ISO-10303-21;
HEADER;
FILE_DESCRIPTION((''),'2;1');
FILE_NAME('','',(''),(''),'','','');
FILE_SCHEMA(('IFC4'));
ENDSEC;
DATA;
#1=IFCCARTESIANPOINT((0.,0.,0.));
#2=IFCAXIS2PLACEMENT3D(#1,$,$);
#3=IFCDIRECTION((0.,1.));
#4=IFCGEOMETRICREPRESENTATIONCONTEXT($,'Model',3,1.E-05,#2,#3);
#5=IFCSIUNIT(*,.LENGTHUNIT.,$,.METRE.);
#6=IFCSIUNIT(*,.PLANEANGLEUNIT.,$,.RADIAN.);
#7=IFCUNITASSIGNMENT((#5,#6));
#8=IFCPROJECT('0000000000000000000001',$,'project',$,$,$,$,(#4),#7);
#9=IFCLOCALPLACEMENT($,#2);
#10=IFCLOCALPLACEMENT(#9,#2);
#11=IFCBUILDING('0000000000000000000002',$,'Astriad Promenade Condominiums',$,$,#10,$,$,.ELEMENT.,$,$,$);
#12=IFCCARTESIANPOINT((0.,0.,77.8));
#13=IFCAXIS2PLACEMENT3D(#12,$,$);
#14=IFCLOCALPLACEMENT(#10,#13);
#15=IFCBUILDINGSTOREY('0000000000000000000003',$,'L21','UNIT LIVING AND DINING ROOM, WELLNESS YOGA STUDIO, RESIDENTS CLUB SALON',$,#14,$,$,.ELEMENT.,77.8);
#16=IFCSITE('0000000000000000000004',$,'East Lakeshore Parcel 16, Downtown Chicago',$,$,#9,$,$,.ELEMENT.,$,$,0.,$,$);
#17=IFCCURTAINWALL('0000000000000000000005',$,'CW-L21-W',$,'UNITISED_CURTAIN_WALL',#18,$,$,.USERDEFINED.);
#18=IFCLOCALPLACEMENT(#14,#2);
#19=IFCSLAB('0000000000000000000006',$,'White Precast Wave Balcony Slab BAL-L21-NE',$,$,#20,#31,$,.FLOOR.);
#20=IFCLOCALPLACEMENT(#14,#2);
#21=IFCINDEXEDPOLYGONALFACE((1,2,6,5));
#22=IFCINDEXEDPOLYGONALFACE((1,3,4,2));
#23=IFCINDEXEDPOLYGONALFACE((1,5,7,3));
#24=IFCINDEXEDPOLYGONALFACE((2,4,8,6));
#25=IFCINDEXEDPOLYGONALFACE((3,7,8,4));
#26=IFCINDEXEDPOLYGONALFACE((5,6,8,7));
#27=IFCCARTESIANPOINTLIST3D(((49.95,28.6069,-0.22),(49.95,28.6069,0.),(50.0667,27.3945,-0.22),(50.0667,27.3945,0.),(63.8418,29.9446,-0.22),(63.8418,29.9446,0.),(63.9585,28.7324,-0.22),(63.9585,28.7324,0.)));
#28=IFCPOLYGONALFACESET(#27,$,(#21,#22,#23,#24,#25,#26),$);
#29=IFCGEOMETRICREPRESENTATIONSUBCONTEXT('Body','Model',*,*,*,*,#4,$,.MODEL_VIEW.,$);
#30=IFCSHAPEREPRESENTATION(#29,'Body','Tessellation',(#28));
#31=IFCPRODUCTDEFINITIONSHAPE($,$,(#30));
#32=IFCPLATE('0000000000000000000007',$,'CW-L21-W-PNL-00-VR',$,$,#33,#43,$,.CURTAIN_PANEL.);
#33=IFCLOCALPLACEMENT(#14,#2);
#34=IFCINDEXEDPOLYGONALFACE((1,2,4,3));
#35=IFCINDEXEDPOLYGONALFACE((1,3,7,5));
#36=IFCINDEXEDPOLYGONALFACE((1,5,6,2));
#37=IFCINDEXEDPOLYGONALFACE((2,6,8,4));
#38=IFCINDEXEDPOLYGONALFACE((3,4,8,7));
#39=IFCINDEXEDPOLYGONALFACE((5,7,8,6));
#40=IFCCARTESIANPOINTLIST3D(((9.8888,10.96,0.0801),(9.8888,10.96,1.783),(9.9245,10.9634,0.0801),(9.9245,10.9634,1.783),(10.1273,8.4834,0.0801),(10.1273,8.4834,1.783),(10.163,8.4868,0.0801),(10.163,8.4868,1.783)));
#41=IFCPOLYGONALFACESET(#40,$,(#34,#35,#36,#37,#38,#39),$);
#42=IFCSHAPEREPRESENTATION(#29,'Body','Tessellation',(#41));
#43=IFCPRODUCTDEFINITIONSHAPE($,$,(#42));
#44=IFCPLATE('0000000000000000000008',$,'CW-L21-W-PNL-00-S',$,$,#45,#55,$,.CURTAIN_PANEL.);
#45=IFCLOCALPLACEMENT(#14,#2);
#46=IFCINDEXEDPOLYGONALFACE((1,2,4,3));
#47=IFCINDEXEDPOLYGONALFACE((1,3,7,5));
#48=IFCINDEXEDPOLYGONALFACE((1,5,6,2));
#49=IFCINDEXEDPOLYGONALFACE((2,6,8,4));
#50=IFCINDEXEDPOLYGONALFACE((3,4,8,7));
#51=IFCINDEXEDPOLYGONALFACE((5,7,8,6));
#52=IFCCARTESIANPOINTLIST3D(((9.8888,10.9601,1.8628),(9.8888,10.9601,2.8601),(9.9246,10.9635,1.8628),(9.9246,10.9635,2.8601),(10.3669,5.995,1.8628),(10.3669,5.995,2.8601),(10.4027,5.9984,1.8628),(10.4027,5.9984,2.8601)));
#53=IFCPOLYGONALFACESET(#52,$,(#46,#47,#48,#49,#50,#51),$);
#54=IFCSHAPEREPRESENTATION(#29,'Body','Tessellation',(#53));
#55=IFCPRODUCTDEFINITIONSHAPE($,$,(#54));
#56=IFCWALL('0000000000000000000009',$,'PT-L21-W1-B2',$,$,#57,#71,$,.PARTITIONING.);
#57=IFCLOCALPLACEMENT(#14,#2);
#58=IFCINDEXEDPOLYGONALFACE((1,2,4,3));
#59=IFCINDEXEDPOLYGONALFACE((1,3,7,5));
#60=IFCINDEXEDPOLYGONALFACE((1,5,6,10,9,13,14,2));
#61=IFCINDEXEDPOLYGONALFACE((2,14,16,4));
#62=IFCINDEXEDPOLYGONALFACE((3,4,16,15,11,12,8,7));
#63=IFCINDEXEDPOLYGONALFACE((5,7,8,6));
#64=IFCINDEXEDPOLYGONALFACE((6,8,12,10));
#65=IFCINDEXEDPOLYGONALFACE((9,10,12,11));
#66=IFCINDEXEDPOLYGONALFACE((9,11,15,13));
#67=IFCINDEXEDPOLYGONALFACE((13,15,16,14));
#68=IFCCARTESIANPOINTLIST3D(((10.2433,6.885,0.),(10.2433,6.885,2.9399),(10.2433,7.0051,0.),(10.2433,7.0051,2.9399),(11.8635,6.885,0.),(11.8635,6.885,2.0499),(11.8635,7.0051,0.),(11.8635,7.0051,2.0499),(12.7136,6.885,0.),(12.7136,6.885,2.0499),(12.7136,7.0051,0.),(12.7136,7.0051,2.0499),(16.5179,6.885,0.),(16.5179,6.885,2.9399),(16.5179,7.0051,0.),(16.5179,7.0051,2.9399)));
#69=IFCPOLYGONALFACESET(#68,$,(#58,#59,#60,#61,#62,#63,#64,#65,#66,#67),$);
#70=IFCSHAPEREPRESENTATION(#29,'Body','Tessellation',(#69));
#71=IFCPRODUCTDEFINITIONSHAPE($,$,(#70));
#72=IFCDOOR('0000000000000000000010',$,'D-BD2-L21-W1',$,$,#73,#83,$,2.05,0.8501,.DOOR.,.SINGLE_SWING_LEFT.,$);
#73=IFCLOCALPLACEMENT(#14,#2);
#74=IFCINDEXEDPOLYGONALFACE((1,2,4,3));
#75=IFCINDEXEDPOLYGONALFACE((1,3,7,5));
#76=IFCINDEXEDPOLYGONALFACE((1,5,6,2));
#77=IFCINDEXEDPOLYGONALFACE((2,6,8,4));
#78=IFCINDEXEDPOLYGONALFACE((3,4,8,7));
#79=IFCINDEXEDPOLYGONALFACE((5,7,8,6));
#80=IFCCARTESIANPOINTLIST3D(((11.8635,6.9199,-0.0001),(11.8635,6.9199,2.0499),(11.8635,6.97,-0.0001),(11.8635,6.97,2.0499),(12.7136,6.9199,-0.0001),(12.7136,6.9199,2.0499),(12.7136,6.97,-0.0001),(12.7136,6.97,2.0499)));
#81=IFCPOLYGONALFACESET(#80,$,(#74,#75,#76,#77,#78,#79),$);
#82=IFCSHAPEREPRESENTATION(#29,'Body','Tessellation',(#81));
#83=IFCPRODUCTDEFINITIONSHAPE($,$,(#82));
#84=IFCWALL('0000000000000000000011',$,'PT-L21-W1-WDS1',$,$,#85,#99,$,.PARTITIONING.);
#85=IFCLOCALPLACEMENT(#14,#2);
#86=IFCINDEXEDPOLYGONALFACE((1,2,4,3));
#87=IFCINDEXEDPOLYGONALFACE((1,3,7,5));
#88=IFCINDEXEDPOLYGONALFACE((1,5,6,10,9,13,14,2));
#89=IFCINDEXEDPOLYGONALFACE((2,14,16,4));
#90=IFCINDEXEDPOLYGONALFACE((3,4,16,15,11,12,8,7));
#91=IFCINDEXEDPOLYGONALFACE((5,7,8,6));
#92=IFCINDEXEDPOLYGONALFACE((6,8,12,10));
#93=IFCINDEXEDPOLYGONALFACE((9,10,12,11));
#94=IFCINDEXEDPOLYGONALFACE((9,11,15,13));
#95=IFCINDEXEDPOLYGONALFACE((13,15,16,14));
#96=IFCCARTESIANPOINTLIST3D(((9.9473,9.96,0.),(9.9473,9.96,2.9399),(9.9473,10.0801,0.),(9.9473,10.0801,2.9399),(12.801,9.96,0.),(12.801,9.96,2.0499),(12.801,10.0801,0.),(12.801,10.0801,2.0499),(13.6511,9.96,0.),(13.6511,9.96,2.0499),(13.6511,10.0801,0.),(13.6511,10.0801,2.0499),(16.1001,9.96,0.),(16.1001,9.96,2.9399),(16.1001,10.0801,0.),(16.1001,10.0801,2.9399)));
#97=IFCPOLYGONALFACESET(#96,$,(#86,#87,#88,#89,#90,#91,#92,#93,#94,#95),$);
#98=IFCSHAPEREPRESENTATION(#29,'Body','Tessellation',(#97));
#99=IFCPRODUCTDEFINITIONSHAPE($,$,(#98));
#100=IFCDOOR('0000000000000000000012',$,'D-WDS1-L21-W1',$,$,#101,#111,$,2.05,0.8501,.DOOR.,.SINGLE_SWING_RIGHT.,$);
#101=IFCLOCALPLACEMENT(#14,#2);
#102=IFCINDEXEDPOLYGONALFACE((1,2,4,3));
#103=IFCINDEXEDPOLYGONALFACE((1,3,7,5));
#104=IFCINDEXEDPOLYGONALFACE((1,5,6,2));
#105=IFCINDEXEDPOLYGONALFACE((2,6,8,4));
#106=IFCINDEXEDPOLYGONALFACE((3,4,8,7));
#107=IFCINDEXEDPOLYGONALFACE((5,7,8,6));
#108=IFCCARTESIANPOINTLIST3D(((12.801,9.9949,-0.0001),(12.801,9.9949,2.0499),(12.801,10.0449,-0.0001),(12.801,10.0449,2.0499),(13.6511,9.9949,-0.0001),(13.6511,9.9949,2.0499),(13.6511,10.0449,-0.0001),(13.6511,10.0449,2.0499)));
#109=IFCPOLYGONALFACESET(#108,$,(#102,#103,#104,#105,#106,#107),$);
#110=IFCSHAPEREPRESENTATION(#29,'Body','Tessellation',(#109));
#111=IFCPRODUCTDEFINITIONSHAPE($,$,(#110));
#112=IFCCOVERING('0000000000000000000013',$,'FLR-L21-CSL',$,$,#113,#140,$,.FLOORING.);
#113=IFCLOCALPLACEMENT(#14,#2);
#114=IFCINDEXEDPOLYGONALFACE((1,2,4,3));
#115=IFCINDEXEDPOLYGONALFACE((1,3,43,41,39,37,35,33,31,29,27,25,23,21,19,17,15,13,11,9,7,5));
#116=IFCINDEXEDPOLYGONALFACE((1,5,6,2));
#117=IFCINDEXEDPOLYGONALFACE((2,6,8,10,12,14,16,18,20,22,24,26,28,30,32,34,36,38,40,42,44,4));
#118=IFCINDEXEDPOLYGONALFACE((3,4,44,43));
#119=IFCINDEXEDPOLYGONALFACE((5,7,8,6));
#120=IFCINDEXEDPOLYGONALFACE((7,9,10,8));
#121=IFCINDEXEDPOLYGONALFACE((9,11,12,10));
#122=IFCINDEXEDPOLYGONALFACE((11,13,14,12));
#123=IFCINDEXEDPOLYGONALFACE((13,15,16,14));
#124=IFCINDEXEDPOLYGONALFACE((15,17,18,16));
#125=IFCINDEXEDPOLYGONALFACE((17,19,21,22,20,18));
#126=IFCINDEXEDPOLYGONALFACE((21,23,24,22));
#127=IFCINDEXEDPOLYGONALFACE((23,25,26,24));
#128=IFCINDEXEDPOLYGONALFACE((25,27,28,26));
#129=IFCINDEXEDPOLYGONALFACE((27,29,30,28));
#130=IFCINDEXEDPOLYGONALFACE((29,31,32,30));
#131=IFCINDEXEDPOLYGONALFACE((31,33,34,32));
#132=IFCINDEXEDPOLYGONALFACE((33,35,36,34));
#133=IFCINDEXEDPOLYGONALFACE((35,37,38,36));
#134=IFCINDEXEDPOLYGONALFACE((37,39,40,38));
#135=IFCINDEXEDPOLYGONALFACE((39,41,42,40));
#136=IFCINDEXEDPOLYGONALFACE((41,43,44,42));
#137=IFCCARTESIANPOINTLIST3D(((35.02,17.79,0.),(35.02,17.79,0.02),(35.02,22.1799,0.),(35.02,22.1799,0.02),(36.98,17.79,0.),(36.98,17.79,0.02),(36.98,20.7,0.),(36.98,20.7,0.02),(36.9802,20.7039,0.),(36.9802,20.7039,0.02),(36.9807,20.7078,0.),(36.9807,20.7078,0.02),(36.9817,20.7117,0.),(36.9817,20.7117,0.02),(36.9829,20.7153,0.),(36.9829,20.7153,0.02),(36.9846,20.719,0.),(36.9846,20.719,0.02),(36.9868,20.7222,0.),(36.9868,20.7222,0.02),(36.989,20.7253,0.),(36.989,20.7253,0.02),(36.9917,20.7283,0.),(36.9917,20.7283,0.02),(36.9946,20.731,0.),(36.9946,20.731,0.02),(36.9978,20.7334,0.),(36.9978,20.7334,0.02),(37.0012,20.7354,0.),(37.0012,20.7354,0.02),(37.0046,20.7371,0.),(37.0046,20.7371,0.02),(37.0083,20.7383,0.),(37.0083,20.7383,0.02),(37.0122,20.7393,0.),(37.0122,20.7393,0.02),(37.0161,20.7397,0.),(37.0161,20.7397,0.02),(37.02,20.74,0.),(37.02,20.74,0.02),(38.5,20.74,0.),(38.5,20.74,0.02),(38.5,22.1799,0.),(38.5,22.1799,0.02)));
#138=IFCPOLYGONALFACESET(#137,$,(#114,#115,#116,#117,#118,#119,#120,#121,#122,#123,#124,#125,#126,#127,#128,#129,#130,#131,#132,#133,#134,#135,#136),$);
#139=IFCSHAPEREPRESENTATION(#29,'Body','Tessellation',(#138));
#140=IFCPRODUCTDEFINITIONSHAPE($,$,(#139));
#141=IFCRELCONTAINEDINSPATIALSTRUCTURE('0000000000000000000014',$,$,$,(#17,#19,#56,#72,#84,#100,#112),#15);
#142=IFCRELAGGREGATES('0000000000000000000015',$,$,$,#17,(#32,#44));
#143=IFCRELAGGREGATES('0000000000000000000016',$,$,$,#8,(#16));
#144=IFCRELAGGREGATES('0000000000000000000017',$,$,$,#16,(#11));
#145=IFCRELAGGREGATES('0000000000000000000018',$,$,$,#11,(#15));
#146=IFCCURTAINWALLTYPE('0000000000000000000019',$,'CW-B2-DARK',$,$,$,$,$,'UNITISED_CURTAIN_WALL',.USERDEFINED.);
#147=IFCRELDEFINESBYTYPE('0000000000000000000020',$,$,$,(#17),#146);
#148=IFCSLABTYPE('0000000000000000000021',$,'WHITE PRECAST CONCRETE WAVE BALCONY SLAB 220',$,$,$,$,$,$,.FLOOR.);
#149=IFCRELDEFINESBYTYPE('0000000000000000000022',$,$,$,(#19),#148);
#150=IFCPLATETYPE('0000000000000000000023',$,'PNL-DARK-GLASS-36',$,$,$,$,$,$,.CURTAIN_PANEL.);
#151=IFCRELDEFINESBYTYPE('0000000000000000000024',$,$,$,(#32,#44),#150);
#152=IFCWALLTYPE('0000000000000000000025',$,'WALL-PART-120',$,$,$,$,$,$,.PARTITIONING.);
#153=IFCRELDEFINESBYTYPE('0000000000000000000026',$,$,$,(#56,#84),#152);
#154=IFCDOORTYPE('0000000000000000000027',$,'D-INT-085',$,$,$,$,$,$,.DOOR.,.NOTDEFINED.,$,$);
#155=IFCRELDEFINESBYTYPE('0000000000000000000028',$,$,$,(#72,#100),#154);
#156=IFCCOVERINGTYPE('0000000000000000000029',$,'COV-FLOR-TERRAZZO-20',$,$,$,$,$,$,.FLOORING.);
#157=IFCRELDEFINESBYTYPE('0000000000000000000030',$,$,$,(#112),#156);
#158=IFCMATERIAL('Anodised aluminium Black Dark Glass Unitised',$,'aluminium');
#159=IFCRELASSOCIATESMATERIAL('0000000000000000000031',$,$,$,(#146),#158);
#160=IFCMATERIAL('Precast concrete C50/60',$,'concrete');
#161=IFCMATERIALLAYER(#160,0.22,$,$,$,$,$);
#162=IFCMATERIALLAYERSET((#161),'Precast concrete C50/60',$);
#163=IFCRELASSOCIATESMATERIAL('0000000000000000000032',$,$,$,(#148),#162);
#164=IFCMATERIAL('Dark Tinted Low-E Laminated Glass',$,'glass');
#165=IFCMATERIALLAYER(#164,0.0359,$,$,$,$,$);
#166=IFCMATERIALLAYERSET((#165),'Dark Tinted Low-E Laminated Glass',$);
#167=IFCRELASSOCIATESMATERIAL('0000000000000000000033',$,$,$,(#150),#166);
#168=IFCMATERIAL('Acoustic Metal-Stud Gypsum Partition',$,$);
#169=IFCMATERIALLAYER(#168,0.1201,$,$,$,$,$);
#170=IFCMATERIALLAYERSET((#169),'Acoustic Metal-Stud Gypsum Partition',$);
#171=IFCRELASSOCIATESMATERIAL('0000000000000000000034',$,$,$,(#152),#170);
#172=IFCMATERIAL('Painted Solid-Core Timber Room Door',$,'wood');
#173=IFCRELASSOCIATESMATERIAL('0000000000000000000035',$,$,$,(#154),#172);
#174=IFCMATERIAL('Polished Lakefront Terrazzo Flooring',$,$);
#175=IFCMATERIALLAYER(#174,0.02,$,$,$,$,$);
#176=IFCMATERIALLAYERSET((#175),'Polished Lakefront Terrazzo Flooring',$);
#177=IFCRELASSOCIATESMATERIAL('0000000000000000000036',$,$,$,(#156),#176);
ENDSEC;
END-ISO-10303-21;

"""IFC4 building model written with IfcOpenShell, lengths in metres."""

from ifc_helpers import new_model, si_unit, direction, frame, frame_2d, origin, origin_2d, place, context, subcontext, project, spatial, polyline, rectangle, outline, extrude, source, transform, mapped, material, layer, layer_set, type_object, type_shapes, element, fill, aggregate, save


model = new_model("IFC4")

# Units and contexts
model_context = context("Model", 3, precision=1e-05, world=origin(), true_north=direction((0.0, 1.0)))
body_context = subcontext(model_context, "Body", "Model", "MODEL_VIEW")
ifc_project = project(units=[si_unit("LENGTHUNIT", "METRE"), si_unit("PLANEANGLEUNIT", "RADIAN")], contexts=[model_context])

# Site, building, storey
site_placement = place(None, origin())
site = spatial("IfcSite", under=ifc_project, at=site_placement, Name="East Lakeshore Parcel 16, Downtown Chicago", CompositionType="ELEMENT", RefElevation=0.0)
building_placement = place(site_placement, origin())
building = spatial("IfcBuilding", under=site, at=building_placement, Name="Astriad Promenade Condominiums", CompositionType="ELEMENT")
storey_placement = place(building_placement, frame((0.0, 0.0, 77.8)))
storey = spatial("IfcBuildingStorey", under=building, at=storey_placement, Name="L21", Description="UNIT LIVING AND DINING ROOM, WELLNESS YOGA STUDIO, RESIDENTS CLUB SALON", CompositionType="ELEMENT", Elevation=77.8)

# Curtain wall
ifc_material_1 = material(Name="Anodised aluminium Black Dark Glass Unitised", Category="aluminium")
curtain_wall_type = type_object("IfcCurtainWallType", Name="CW-B2-DARK", ElementType="UNITISED_CURTAIN_WALL", PredefinedType="USERDEFINED", material=ifc_material_1)
curtain_wall_placement = place(storey_placement, origin())
curtain_wall = element("IfcCurtainWall", 1, at=curtain_wall_placement, inside=storey, type_object=curtain_wall_type, Name="CW-L21-W", ObjectType="UNITISED_CURTAIN_WALL", PredefinedType="USERDEFINED")

# Slab
ifc_material_2 = material(Name="Precast concrete C50/60", Category="concrete")
ifc_layer_1 = layer(ifc_material_2, 0.22)
ifc_layer_set_1 = layer_set([ifc_layer_1], Name="Precast concrete C50/60")
slab_type_1 = type_object("IfcSlabType", Name="WHITE PRECAST CONCRETE WAVE BALCONY SLAB 220", PredefinedType="FLOOR", material=ifc_layer_set_1)
slab_1_placement = place(storey_placement, frame((0.0, 0.0, -0.22)))
element("IfcSlab", 2, at=slab_1_placement, inside=storey, type_object=slab_type_1, Name="White Precast Wave Balcony Slab BAL-L21-NE", PredefinedType="FLOOR", context=body_context, shape_type="SweptSolid", body=[
    extrude(outline(polyline([(49.95, 28.6069), (63.8418, 29.9446), (63.9585, 28.7324), (50.0667, 27.3945), (49.95, 28.6069)])), origin(), (0.0, 0.0, 1.0), 0.22),
])

# Plates
ifc_material_3 = material(Name="Dark Tinted Low-E Laminated Glass", Category="glass")
ifc_layer_2 = layer(ifc_material_3, 0.0359)
ifc_layer_set_2 = layer_set([ifc_layer_2], Name="Dark Tinted Low-E Laminated Glass")
plate_type = type_object("IfcPlateType", Name="PNL-DARK-GLASS-36", PredefinedType="CURTAIN_PANEL", material=ifc_layer_set_2)
shared_shape_1 = source(origin(), body_context, "Body", "SweptSolid", [
    extrude(rectangle(XDim=2.488, YDim=0.0359, at=origin_2d()), origin(), (0.0, 0.0, 1.0), 1.7029),
])
plate_1_placement = place(storey_placement, frame((10.0259, 9.7234, 0.0801), z_axis=(0.0, 0.0, 1.0), x_axis=(-0.095846, 0.995396, 0.0)))
plate_1 = element("IfcPlate", 3, at=plate_1_placement, type_object=plate_type, Name="CW-L21-W-PNL-00-VR", PredefinedType="CURTAIN_PANEL", context=body_context, shape_type="MappedRepresentation", body=[
    mapped(shared_shape_1, transform((0.0, 0.0, 0.0), scale=1.0)),
])
shared_shape_2 = source(origin(), body_context, "Body", "SweptSolid", [
    extrude(rectangle(XDim=4.988, YDim=0.0359, at=origin_2d()), origin(), (0.0, 0.0, 1.0), 0.9973),
])
type_shapes(plate_type, [shared_shape_1, shared_shape_2])
plate_2_placement = place(storey_placement, frame((10.1458, 8.4792, 1.8628), z_axis=(0.0, 0.0, 1.0), x_axis=(-0.095846, 0.995396, 0.0)))
plate_2 = element("IfcPlate", 4, at=plate_2_placement, type_object=plate_type, Name="CW-L21-W-PNL-00-S", PredefinedType="CURTAIN_PANEL", context=body_context, shape_type="MappedRepresentation", body=[
    mapped(shared_shape_2, transform((0.0, 0.0, 0.0), scale=1.0)),
])
aggregate(curtain_wall, [plate_1, plate_2])

# Walls, openings, doors
ifc_material_4 = material(Name="Acoustic Metal-Stud Gypsum Partition")
ifc_layer_3 = layer(ifc_material_4, 0.1201)
ifc_layer_set_3 = layer_set([ifc_layer_3], Name="Acoustic Metal-Stud Gypsum Partition")
wall_type = type_object("IfcWallType", Name="WALL-PART-120", PredefinedType="PARTITIONING", material=ifc_layer_set_3)
wall_1_placement = place(storey_placement, frame((10.2434, 6.9451, 0.0), z_axis=(0.0, 0.0, 1.0), x_axis=(1.0, 0.0, 0.0)))
wall_1 = element("IfcWall", 5, at=wall_1_placement, inside=storey, type_object=wall_type, Name="PT-L21-W1-B2", PredefinedType="PARTITIONING", context=body_context, shape_type="SweptSolid", body=[
    extrude(rectangle(XDim=6.2747, YDim=0.1201, at=frame_2d((3.1372, 0.0))), origin(), (0.0, 0.0, 1.0), 2.9399),
])
opening_1_placement = place(wall_1_placement, frame((1.6201, 0.0, 0.0)))
opening_1 = element("IfcOpeningElement", 6, at=opening_1_placement, cuts=wall_1, PredefinedType="OPENING", context=body_context, shape_type="SweptSolid", body=[
    extrude(rectangle(XDim=0.8501, YDim=2.05, at=frame_2d((0.425, 1.0249))), frame((0.0, 0.0701, 0.0), z_axis=(0.0, -1.0, 0.0), x_axis=(1.0, 0.0, 0.0)), (0.0, 0.0, 1.0), 0.1401),
])
ifc_material_5 = material(Name="Painted Solid-Core Timber Room Door", Category="wood")
door_type = type_object("IfcDoorType", Name="D-INT-085", OperationType="NOTDEFINED", PredefinedType="DOOR", material=ifc_material_5)
shared_shape_3 = source(origin(), body_context, "Body", "SweptSolid", [
    extrude(rectangle(XDim=0.8501, YDim=2.05, at=frame_2d((0.425, 1.0249))), frame((0.0, 0.0249, 0.0), z_axis=(0.0, -1.0, 0.0), x_axis=(1.0, 0.0, 0.0)), (0.0, 0.0, 1.0), 0.05),
])
type_shapes(door_type, [shared_shape_3])
door_1_placement = place(opening_1_placement, origin())
door_1 = element("IfcDoor", 7, at=door_1_placement, inside=storey, type_object=door_type, Name="D-BD2-L21-W1", OperationType="SINGLE_SWING_LEFT", OverallHeight=2.05, OverallWidth=0.8501, PredefinedType="DOOR", context=body_context, shape_type="MappedRepresentation", body=[
    mapped(shared_shape_3, transform((0.0, 0.0, 0.0), scale=1.0)),
])
fill(opening_1, door_1)
wall_2_placement = place(storey_placement, frame((9.9473, 10.02, 0.0), z_axis=(0.0, 0.0, 1.0), x_axis=(1.0, 0.0, 0.0)))
wall_2 = element("IfcWall", 8, at=wall_2_placement, inside=storey, type_object=wall_type, Name="PT-L21-W1-WDS1", PredefinedType="PARTITIONING", context=body_context, shape_type="SweptSolid", body=[
    extrude(rectangle(XDim=6.1528, YDim=0.1201, at=frame_2d((3.0764, 0.0))), origin(), (0.0, 0.0, 1.0), 2.9399),
])
opening_2_placement = place(wall_2_placement, frame((2.8538, 0.0, 0.0)))
opening_2 = element("IfcOpeningElement", 9, at=opening_2_placement, cuts=wall_2, PredefinedType="OPENING", context=body_context, shape_type="SweptSolid", body=[
    extrude(rectangle(XDim=0.8501, YDim=2.05, at=frame_2d((0.425, 1.0249))), frame((0.0, 0.0701, 0.0), z_axis=(0.0, -1.0, 0.0), x_axis=(1.0, 0.0, 0.0)), (0.0, 0.0, 1.0), 0.1401),
])
door_2_placement = place(opening_2_placement, origin())
door_2 = element("IfcDoor", 10, at=door_2_placement, inside=storey, type_object=door_type, Name="D-WDS1-L21-W1", OperationType="SINGLE_SWING_RIGHT", OverallHeight=2.05, OverallWidth=0.8501, PredefinedType="DOOR", context=body_context, shape_type="MappedRepresentation", body=[
    mapped(shared_shape_3, transform((0.0, 0.0, 0.0), scale=1.0)),
])
fill(opening_2, door_2)

# Covering
ifc_material_6 = material(Name="Polished Lakefront Terrazzo Flooring")
ifc_layer_4 = layer(ifc_material_6, 0.02)
ifc_layer_set_4 = layer_set([ifc_layer_4], Name="Polished Lakefront Terrazzo Flooring")
covering_type = type_object("IfcCoveringType", Name="COV-FLOR-TERRAZZO-20", PredefinedType="FLOORING", material=ifc_layer_set_4)
covering_1_placement = place(storey_placement, origin())
element("IfcCovering", 11, at=covering_1_placement, inside=storey, type_object=covering_type, Name="FLR-L21-CSL", PredefinedType="FLOORING", context=body_context, shape_type="SweptSolid", body=[
    extrude(outline(polyline([(36.98, 20.7), (36.98, 17.79), (35.02, 17.79), (35.02, 22.1799), (38.5, 22.1799), (38.5, 20.74), (37.02, 20.74), (37.0161, 20.7397), (37.0122, 20.7393), (37.0083, 20.7383), (37.0046, 20.7371), (37.0012, 20.7354), (36.9978, 20.7334), (36.9946, 20.731), (36.9917, 20.7283), (36.989, 20.7253), (36.9868, 20.7222), (36.9846, 20.719), (36.9829, 20.7153), (36.9817, 20.7117), (36.9807, 20.7078), (36.9802, 20.7039), (36.98, 20.7)])), origin(), (0.0, 0.0, 1.0), 0.02),
])

save(model, "model.ifc")
